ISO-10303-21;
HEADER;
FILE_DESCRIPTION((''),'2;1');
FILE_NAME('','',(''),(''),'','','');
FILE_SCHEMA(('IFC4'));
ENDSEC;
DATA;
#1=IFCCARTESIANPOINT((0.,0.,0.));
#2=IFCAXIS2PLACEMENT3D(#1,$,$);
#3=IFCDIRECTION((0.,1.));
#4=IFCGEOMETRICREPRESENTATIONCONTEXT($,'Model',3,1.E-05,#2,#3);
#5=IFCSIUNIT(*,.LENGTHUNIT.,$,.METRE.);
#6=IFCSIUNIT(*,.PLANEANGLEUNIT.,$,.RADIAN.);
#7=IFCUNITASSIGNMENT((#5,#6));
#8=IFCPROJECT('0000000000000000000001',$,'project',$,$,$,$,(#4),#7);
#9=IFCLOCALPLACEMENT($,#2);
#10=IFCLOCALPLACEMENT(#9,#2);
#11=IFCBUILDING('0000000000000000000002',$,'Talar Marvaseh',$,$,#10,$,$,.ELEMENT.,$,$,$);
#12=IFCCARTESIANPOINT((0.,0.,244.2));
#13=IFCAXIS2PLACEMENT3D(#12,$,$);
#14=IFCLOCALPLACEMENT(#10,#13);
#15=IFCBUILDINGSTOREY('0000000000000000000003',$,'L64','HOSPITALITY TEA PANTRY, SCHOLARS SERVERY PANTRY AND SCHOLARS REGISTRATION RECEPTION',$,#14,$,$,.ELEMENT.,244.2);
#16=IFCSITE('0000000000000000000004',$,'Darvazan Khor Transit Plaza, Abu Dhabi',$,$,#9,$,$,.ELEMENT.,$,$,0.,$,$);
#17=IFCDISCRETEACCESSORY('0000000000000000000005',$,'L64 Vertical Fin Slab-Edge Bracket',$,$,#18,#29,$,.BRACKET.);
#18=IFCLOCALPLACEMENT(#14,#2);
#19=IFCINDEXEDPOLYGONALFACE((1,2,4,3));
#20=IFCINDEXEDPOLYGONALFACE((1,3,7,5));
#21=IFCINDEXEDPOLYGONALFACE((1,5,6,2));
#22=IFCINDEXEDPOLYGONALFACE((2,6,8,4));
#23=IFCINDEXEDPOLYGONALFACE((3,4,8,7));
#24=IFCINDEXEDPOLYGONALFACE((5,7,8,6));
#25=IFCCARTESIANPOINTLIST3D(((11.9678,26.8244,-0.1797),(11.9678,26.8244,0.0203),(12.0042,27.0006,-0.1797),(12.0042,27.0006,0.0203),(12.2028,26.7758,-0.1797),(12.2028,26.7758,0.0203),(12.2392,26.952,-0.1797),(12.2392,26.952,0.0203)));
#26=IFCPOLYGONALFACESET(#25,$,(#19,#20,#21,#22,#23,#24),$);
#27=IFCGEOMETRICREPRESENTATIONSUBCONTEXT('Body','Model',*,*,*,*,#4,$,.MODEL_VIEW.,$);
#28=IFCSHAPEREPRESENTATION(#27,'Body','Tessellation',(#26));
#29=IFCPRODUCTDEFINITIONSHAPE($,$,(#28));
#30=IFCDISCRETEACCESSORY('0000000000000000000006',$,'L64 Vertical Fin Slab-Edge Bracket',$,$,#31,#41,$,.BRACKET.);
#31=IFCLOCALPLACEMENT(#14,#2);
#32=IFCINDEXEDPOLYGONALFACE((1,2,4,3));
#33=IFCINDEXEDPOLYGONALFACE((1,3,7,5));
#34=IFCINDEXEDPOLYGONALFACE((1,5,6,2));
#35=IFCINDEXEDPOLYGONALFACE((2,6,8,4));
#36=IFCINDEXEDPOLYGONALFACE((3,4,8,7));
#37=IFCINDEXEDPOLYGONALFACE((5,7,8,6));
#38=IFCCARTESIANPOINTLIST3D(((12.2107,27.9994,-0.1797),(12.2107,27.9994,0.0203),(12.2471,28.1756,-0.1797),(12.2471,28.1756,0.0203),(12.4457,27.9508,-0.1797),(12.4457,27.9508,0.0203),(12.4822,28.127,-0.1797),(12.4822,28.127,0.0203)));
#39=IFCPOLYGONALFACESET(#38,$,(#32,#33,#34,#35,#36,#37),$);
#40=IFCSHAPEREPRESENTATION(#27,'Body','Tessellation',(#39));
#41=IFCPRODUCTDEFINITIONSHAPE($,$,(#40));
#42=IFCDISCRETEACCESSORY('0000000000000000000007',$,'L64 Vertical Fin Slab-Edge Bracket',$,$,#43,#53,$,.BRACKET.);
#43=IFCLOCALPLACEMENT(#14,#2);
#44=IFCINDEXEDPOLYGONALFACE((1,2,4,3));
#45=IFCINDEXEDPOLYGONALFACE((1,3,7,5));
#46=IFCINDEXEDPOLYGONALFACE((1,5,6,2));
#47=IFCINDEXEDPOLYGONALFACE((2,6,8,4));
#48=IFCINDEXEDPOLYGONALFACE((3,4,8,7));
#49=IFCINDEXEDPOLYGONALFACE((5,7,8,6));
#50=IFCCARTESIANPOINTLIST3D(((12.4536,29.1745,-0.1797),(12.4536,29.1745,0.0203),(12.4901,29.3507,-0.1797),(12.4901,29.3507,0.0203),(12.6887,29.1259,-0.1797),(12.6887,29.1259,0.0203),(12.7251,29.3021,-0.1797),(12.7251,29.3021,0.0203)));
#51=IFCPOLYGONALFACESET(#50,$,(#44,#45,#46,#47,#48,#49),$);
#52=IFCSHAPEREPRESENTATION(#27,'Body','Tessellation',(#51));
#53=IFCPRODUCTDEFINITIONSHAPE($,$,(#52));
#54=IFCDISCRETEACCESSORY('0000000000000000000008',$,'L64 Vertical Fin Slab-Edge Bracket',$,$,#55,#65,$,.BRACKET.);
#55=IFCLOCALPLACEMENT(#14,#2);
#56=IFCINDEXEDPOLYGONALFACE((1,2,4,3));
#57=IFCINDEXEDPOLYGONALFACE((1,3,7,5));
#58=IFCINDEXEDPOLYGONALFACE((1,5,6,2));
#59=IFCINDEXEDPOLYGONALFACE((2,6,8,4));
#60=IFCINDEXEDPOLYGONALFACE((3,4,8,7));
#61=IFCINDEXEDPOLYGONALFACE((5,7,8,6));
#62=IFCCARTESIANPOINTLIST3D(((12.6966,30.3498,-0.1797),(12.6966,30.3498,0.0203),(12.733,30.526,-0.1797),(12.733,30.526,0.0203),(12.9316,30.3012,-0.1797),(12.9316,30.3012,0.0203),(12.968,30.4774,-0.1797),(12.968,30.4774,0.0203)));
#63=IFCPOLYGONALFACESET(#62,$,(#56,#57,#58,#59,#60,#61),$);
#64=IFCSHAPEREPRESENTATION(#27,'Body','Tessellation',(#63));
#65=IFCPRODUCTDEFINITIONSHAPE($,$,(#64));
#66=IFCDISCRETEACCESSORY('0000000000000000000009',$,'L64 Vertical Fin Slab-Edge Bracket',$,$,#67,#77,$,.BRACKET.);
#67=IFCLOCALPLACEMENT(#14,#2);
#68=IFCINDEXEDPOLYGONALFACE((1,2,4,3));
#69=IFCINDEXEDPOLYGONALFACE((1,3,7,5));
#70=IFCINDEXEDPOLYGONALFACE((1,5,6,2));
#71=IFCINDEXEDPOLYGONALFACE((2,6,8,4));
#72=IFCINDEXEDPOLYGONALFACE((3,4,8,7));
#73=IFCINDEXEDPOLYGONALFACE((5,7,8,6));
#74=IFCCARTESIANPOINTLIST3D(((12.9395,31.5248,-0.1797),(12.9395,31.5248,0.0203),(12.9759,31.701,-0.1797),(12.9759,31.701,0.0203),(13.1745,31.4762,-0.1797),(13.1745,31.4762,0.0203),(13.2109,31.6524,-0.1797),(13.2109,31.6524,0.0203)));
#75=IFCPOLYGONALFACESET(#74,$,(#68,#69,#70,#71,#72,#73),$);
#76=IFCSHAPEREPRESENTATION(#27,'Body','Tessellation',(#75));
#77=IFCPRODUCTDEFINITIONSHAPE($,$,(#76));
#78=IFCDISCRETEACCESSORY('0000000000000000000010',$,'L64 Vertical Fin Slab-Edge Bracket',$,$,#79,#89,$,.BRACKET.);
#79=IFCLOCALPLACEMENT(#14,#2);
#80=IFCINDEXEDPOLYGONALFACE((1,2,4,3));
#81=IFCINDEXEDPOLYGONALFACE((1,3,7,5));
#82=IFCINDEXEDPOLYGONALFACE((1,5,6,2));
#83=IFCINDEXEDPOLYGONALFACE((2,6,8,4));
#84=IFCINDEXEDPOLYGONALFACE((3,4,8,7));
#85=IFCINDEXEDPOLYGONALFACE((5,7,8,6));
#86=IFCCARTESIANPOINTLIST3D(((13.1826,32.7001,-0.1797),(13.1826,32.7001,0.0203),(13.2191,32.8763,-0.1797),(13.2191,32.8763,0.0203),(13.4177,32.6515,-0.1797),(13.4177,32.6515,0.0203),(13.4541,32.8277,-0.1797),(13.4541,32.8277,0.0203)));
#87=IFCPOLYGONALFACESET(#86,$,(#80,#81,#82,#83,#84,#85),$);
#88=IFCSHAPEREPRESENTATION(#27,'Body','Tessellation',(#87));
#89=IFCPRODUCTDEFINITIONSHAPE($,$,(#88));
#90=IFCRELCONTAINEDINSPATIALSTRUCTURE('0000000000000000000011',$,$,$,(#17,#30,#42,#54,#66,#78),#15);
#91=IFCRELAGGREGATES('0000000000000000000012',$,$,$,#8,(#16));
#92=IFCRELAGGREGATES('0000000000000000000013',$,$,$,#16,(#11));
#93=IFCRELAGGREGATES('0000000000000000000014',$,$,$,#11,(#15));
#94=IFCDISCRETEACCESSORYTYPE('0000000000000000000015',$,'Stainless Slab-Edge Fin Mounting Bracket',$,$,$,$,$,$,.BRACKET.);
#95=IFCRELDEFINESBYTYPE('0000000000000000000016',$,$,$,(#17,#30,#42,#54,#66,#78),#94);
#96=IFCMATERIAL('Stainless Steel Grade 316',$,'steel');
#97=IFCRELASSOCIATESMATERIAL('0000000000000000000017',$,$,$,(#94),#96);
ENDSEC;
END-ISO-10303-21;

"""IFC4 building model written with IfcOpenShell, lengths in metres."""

from ifc_helpers import new_model, si_unit, direction, frame, origin, origin_2d, place, context, subcontext, project, spatial, rectangle, extrude, source, transform, mapped, material, type_object, type_shapes, element, save


model = new_model("IFC4")

# Units and contexts
model_context = context("Model", 3, precision=1e-05, world=origin(), true_north=direction((0.0, 1.0)))
body_context = subcontext(model_context, "Body", "Model", "MODEL_VIEW")
ifc_project = project(units=[si_unit("LENGTHUNIT", "METRE"), si_unit("PLANEANGLEUNIT", "RADIAN")], contexts=[model_context])

# Site, building, storey
site_placement = place(None, origin())
site = spatial("IfcSite", under=ifc_project, at=site_placement, Name="Darvazan Khor Transit Plaza, Abu Dhabi", CompositionType="ELEMENT", RefElevation=0.0)
building_placement = place(site_placement, origin())
building = spatial("IfcBuilding", under=site, at=building_placement, Name="Talar Marvaseh", CompositionType="ELEMENT")
storey_placement = place(building_placement, frame((0.0, 0.0, 244.2)))
storey = spatial("IfcBuildingStorey", under=building, at=storey_placement, Name="L64", Description="HOSPITALITY TEA PANTRY, SCHOLARS SERVERY PANTRY AND SCHOLARS REGISTRATION RECEPTION", CompositionType="ELEMENT", Elevation=244.2)

# Shared definitions
ifc_material_1 = material(Name="Stainless Steel Grade 316", Category="steel")

# Discrete accessories
discrete_accessory_type = type_object("IfcDiscreteAccessoryType", Name="Stainless Slab-Edge Fin Mounting Bracket", PredefinedType="BRACKET", material=ifc_material_1)
shared_shape_1 = source(origin(), body_context, "Body", "SweptSolid", [
    extrude(rectangle(XDim=0.24, YDim=0.1799, at=origin_2d()), origin(), (0.0, 0.0, 1.0), 0.2),
])
type_shapes(discrete_accessory_type, [shared_shape_1])
for number, where, z_axis, x_axis, name in (
    (1, (12.1035, 26.8882, -0.1797), (0.0, 0.0, 1.0), (-0.979294, 0.202445, 0.0), "L64 Vertical Fin Slab-Edge Bracket"),
    (2, (12.3464, 28.0632, -0.1797), (0.0, 0.0, 1.0), (-0.979294, 0.202445, 0.0), "L64 Vertical Fin Slab-Edge Bracket"),
    (3, (12.5894, 29.2383, -0.1797), (0.0, 0.0, 1.0), (-0.979294, 0.202445, 0.0), "L64 Vertical Fin Slab-Edge Bracket"),
    (4, (12.8323, 30.4136, -0.1797), (0.0, 0.0, 1.0), (-0.979294, 0.202445, 0.0), "L64 Vertical Fin Slab-Edge Bracket"),
    (5, (13.0752, 31.5886, -0.1797), (0.0, 0.0, 1.0), (-0.979294, 0.202445, 0.0), "L64 Vertical Fin Slab-Edge Bracket"),
    (6, (13.3184, 32.7639, -0.1797), (0.0, 0.0, 1.0), (-0.979294, 0.202445, 0.0), "L64 Vertical Fin Slab-Edge Bracket"),
):
    element("IfcDiscreteAccessory", number, at=place(storey_placement, frame(where, z_axis=z_axis, x_axis=x_axis)), inside=storey, type_object=discrete_accessory_type, Name=name, PredefinedType="BRACKET", context=body_context, shape_type="MappedRepresentation", body=[
        mapped(shared_shape_1, transform((0.0, 0.0, 0.0), x_axis=(1.0, 0.0, 0.0), y_axis=(0.0, 1.0, 0.0), z_axis=(0.0, 0.0, 1.0), scale=1.0)),
    ])

save(model, "model.ifc")
